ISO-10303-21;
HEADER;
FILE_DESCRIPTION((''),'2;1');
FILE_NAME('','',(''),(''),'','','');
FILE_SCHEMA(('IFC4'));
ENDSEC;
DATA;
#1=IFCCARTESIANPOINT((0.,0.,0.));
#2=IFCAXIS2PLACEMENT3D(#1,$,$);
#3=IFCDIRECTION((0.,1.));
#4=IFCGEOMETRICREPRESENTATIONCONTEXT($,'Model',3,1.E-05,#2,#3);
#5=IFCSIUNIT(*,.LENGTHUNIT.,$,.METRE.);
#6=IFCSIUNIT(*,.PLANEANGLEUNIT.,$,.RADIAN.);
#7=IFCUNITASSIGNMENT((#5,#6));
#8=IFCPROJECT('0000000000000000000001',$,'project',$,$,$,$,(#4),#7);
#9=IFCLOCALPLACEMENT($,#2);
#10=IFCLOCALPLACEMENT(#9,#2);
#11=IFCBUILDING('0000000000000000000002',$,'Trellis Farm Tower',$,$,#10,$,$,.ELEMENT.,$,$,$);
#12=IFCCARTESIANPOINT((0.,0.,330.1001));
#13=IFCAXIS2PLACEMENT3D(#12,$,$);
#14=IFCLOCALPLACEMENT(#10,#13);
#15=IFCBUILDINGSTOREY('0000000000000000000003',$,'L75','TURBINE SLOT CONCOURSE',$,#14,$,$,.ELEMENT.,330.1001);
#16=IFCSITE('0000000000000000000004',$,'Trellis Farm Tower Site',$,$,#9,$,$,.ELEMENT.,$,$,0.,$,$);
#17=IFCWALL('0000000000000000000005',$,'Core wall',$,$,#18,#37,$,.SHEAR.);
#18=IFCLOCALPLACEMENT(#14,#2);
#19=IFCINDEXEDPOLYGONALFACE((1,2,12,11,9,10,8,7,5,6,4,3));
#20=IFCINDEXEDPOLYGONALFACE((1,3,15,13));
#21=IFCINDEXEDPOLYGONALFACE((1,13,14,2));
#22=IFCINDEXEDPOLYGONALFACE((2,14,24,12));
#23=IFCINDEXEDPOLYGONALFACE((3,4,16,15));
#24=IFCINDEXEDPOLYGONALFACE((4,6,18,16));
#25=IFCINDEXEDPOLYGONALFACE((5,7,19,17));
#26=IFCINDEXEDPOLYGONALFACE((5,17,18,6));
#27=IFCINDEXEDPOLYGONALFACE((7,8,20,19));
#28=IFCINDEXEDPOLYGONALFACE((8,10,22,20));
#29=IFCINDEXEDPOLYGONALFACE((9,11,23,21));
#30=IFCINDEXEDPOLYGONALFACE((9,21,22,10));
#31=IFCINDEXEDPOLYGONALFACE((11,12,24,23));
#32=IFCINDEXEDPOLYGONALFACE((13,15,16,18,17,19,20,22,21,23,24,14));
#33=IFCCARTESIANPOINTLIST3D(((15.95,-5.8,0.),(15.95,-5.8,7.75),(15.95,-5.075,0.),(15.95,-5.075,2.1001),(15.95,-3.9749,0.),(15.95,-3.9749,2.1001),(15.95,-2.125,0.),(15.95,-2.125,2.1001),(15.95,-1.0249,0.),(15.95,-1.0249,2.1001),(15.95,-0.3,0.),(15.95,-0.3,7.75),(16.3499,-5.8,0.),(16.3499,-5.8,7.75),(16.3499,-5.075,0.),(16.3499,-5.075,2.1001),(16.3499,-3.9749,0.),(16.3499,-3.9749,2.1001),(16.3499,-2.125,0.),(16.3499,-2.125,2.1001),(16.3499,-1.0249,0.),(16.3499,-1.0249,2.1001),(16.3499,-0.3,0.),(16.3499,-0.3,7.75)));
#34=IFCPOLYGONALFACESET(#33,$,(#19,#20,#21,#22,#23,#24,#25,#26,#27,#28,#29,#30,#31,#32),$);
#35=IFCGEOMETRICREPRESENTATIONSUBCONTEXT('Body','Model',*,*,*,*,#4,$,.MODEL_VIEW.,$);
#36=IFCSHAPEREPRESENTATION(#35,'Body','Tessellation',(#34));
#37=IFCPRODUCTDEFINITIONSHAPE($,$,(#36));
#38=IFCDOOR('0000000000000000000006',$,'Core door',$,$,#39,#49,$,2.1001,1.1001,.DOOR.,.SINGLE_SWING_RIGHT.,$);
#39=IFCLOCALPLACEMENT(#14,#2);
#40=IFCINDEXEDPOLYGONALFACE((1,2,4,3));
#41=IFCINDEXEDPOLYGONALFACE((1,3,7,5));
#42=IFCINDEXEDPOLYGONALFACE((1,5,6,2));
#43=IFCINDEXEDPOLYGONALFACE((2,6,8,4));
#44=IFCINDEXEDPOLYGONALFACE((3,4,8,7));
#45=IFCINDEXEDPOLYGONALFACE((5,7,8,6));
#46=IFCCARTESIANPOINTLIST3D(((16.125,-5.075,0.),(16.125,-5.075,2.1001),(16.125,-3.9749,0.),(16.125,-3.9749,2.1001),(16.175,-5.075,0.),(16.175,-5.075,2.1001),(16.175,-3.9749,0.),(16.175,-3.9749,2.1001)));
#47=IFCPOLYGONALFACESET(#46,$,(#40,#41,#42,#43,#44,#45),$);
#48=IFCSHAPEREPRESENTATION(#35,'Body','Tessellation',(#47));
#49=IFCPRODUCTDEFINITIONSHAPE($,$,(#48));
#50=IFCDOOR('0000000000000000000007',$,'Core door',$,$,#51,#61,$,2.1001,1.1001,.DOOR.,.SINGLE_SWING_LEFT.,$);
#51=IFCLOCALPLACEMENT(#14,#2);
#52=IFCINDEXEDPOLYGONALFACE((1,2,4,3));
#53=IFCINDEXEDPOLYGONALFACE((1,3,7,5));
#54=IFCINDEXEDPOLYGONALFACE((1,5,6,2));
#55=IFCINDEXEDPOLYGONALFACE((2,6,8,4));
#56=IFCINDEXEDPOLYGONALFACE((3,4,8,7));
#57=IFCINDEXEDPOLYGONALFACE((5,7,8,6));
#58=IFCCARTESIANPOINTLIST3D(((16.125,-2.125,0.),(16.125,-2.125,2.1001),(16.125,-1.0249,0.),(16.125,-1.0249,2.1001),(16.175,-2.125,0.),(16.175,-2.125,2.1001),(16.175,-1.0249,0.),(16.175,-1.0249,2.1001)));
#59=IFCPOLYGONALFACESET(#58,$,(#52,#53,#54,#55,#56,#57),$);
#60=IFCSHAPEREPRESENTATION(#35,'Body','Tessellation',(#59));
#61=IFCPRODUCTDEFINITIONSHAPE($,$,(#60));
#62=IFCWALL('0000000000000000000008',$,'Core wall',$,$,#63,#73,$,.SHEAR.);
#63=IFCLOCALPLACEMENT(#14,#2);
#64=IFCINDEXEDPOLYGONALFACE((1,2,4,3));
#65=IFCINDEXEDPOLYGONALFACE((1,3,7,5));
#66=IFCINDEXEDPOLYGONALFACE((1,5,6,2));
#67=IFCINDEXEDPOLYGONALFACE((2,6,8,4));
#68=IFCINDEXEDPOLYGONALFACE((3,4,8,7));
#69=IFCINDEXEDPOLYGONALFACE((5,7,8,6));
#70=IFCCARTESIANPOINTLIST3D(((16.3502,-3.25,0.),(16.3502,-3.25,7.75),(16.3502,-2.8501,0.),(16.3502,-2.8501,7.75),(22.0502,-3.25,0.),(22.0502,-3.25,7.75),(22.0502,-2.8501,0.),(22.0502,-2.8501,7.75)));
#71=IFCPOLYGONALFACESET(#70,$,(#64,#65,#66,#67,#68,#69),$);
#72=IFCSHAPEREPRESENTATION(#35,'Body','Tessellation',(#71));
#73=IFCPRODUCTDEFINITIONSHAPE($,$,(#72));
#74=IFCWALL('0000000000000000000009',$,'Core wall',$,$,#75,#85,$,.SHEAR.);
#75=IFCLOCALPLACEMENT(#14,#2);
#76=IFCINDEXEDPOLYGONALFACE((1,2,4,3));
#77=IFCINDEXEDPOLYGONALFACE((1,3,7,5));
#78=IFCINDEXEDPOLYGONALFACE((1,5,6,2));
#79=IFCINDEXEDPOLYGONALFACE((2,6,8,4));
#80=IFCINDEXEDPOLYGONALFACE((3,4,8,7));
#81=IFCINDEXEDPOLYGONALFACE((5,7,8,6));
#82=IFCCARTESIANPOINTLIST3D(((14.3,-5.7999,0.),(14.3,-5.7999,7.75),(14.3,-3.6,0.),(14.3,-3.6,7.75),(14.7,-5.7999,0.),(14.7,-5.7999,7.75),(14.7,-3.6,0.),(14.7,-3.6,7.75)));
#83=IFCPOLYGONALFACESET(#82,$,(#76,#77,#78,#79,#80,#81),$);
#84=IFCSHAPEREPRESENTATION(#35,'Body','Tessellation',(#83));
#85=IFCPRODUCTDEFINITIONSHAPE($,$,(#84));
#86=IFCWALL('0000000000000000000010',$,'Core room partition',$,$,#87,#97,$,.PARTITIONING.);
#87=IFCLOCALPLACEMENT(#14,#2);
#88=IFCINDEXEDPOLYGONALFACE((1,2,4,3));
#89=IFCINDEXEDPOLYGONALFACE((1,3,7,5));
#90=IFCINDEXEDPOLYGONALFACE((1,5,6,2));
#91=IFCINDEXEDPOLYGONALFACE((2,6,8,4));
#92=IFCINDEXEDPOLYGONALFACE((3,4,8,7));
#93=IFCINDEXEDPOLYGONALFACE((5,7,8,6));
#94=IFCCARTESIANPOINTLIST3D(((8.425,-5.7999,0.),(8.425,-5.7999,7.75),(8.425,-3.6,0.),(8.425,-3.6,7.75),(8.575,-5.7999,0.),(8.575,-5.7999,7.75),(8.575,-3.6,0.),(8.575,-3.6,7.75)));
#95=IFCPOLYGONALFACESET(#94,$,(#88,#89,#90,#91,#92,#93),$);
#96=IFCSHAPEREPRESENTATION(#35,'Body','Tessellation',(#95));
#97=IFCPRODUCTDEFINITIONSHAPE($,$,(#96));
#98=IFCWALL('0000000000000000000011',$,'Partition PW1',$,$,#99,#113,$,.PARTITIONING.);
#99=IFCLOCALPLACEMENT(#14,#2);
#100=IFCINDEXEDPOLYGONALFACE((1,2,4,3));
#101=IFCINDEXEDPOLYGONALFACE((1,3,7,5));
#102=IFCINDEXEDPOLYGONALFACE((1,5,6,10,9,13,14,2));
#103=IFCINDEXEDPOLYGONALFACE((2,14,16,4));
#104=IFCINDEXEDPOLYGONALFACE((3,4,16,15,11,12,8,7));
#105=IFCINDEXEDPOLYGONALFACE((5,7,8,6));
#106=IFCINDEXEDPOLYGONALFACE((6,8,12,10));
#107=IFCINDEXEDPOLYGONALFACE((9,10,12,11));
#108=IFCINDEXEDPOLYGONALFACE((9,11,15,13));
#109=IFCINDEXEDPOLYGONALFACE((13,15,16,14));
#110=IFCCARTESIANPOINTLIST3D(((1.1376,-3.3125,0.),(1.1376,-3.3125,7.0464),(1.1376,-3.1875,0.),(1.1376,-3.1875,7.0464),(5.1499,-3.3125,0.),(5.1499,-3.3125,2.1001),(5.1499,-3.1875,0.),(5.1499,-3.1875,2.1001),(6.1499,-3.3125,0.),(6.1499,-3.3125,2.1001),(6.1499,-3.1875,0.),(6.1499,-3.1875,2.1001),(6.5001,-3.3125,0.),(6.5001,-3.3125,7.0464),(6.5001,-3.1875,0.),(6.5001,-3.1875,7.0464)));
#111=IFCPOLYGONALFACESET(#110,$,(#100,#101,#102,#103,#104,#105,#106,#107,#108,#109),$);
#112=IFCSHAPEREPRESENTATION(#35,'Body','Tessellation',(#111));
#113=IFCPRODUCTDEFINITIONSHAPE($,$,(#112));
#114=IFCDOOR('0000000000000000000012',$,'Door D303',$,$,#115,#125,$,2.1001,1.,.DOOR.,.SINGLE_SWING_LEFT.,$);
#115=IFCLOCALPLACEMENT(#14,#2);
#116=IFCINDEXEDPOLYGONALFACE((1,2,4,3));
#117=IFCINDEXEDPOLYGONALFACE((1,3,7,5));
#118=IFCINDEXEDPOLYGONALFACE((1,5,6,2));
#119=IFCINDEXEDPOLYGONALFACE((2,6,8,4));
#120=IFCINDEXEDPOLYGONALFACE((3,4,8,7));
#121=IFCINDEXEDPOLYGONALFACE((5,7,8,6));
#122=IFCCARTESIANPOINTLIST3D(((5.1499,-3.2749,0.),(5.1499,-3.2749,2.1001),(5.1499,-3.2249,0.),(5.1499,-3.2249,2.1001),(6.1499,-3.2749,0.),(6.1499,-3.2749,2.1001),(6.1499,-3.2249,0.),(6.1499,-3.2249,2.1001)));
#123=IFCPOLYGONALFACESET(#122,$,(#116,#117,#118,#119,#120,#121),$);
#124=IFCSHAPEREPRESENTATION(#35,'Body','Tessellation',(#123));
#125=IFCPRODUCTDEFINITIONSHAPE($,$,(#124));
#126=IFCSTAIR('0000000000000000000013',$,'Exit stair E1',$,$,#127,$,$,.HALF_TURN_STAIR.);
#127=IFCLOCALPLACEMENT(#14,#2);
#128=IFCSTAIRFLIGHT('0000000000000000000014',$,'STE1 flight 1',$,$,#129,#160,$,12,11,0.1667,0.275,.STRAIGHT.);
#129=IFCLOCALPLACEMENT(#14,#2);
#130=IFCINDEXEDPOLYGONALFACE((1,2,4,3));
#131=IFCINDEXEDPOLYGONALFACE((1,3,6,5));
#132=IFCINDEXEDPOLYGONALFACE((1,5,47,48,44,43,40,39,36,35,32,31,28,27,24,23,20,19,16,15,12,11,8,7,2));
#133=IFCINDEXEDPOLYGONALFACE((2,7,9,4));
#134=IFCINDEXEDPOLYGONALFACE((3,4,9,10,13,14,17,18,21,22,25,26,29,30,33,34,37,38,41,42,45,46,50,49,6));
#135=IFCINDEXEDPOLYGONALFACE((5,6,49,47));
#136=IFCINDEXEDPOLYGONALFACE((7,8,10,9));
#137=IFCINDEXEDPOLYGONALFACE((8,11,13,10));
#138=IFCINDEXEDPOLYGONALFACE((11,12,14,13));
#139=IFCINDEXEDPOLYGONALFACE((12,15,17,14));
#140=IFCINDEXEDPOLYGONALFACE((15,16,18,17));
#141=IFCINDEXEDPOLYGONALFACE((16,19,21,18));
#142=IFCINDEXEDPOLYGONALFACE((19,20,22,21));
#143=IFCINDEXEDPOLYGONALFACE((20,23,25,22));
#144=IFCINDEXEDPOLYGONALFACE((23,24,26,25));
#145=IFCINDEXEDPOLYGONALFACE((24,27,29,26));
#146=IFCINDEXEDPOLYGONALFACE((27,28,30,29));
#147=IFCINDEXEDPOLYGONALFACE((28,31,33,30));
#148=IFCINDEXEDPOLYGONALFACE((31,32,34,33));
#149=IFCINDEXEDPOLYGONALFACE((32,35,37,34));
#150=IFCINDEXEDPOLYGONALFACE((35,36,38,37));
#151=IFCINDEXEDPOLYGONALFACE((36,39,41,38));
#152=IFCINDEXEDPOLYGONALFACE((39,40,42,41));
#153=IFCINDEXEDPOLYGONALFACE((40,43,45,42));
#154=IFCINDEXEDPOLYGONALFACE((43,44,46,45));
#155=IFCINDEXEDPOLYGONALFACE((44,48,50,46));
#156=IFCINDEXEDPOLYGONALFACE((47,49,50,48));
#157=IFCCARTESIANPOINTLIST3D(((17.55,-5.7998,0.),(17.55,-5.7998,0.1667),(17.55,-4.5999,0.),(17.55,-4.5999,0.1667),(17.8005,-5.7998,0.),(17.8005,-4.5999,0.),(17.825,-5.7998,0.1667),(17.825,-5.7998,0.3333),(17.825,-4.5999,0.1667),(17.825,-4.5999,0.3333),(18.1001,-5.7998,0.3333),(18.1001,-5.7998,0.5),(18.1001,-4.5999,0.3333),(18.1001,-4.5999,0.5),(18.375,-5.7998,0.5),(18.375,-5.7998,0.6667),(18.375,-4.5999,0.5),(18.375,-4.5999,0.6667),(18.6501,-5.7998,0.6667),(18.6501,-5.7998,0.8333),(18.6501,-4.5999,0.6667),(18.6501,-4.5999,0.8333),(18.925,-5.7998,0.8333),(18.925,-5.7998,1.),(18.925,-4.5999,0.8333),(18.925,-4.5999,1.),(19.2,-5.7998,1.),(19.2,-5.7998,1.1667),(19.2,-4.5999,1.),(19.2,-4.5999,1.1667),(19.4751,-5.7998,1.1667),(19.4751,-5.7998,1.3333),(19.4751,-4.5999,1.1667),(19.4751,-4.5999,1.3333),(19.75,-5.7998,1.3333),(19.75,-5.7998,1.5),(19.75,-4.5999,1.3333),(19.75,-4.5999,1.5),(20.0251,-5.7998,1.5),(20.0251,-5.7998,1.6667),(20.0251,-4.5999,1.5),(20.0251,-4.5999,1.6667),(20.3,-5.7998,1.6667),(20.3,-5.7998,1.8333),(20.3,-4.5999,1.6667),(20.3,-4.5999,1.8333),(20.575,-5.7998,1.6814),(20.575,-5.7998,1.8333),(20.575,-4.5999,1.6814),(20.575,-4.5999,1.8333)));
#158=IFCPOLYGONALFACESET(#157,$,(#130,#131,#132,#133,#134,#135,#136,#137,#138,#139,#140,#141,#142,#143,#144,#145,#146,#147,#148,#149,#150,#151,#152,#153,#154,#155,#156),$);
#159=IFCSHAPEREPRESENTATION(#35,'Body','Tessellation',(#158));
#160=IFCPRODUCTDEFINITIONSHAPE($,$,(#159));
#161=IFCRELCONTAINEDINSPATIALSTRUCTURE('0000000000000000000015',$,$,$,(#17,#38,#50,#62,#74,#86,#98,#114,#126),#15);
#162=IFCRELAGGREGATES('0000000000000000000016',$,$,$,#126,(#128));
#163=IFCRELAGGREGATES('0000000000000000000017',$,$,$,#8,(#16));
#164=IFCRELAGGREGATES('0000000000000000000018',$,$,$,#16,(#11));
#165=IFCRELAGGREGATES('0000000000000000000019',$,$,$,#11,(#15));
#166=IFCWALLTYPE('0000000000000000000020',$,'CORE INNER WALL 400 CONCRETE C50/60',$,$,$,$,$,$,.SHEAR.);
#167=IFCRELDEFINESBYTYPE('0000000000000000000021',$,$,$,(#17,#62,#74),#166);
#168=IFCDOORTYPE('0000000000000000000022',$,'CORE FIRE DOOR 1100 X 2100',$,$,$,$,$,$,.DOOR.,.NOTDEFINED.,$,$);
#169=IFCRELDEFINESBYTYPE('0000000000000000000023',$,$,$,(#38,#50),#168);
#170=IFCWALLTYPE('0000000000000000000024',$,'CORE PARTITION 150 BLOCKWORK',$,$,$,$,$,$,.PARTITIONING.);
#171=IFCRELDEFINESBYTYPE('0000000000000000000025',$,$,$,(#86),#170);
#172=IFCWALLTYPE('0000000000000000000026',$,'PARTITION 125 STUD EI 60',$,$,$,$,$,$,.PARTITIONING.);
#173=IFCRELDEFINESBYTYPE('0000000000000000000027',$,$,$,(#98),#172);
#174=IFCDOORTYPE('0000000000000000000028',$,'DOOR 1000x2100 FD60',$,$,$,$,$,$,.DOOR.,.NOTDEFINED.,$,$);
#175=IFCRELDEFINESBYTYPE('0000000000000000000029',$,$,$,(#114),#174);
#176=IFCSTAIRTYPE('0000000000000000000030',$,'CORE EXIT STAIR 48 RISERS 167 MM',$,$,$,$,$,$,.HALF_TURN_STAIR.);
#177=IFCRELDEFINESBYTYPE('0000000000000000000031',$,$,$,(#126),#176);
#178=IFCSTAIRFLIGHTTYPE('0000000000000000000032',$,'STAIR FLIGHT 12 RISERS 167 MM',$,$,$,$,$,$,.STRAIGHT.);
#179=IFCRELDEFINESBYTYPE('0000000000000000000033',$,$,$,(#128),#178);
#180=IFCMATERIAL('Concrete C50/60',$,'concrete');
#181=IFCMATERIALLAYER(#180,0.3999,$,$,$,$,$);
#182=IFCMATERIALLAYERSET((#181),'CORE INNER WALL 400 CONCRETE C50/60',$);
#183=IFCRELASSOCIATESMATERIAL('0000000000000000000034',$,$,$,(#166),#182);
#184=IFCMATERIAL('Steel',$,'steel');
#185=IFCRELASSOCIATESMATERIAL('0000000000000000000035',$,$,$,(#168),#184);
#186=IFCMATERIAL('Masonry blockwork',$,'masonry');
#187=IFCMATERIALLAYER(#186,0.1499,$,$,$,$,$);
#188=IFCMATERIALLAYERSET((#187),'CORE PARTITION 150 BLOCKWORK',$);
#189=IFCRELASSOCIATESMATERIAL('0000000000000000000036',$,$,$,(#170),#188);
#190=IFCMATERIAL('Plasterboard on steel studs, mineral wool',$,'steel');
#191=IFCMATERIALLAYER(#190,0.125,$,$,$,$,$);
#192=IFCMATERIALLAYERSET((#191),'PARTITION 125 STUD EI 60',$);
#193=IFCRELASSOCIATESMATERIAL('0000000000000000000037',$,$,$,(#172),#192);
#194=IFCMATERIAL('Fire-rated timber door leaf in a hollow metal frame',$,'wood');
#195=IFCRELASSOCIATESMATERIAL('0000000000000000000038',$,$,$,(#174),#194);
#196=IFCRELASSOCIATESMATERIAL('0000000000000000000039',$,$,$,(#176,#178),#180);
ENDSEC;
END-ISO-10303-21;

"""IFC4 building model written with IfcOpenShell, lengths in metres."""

from ifc_helpers import new_model, si_unit, direction, frame, frame_2d, origin, place, context, subcontext, project, spatial, polyline, rectangle, outline, extrude, source, transform, mapped, material, layer, layer_set, type_object, element, fill, aggregate, save


model = new_model("IFC4")

# Units and contexts
model_context = context("Model", 3, precision=1e-05, world=origin(), true_north=direction((0.0, 1.0)))
body_context = subcontext(model_context, "Body", "Model", "MODEL_VIEW")
ifc_project = project(units=[si_unit("LENGTHUNIT", "METRE"), si_unit("PLANEANGLEUNIT", "RADIAN")], contexts=[model_context])

# Site, building, storey
site_placement = place(None, origin())
site = spatial("IfcSite", under=ifc_project, at=site_placement, Name="Trellis Farm Tower Site", CompositionType="ELEMENT", RefElevation=0.0)
building_placement = place(site_placement, origin())
building = spatial("IfcBuilding", under=site, at=building_placement, Name="Trellis Farm Tower", CompositionType="ELEMENT")
storey_placement = place(building_placement, frame((0.0, 0.0, 330.1001)))
storey = spatial("IfcBuildingStorey", under=building, at=storey_placement, Name="L75", Description="TURBINE SLOT CONCOURSE", CompositionType="ELEMENT", Elevation=330.1001)

# Shared definitions
ifc_material_1 = material(Name="Concrete C50/60", Category="concrete")
ifc_material_2 = material(Name="Steel", Category="steel")

# Shared definitions
ifc_layer_1 = layer(ifc_material_1, 0.3999)
ifc_layer_set_1 = layer_set([ifc_layer_1], Name="CORE INNER WALL 400 CONCRETE C50/60")
wall_type_1 = type_object("IfcWallType", Name="CORE INNER WALL 400 CONCRETE C50/60", PredefinedType="SHEAR", material=ifc_layer_set_1)

# Shared definitions
shared_shape_1 = source(origin(), body_context, "Body", "SweptSolid", [
    extrude(rectangle(XDim=1.0, YDim=2.1001, at=frame_2d((0.5, 1.05))), frame((0.0, 0.0249, 0.0), z_axis=(0.0, -1.0, 0.0), x_axis=(1.0, 0.0, 0.0)), (0.0, 0.0, 1.0), 0.05),
])

# Wall, openings, doors
shared_shape_2 = source(origin(), body_context, "Body", "SweptSolid", [
    extrude(rectangle(XDim=5.5, YDim=0.3999, at=frame_2d((2.75, 0.0))), origin(), (0.0, 0.0, 1.0), 7.75),
])
wall_1_placement = place(storey_placement, frame((16.1499, -5.8, 0.0), z_axis=(0.0, 0.0, 1.0), x_axis=(0.0, 1.0, 0.0)))
wall_1 = element("IfcWall", 1, at=wall_1_placement, inside=storey, type_object=wall_type_1, Name="Core wall", PredefinedType="SHEAR", context=body_context, shape_type="MappedRepresentation", body=[
    mapped(shared_shape_2, transform((0.0, 0.0, 0.0))),
])
shared_shape_3 = source(origin(), body_context, "Body", "SweptSolid", [
    extrude(rectangle(XDim=1.1001, YDim=2.1001, at=frame_2d((0.55, 1.05))), frame((0.0, 0.21, 0.0), z_axis=(0.0, -1.0, 0.0), x_axis=(1.0, 0.0, 0.0)), (0.0, 0.0, 1.0), 0.4199),
])
opening_1_placement = place(wall_1_placement, frame((0.7251, 0.0, 0.0)))
opening_1 = element("IfcOpeningElement", 2, at=opening_1_placement, cuts=wall_1, PredefinedType="OPENING", context=body_context, shape_type="MappedRepresentation", body=[
    mapped(shared_shape_3, transform((0.0, 0.0, 0.0))),
])
opening_2_placement = place(wall_1_placement, frame((3.675, 0.0, 0.0)))
opening_2 = element("IfcOpeningElement", 3, at=opening_2_placement, cuts=wall_1, PredefinedType="OPENING", context=body_context, shape_type="MappedRepresentation", body=[
    mapped(shared_shape_3, transform((0.0, 0.0, 0.0))),
])
door_type_1 = type_object("IfcDoorType", Name="CORE FIRE DOOR 1100 X 2100", OperationType="NOTDEFINED", PredefinedType="DOOR", material=ifc_material_2)
shared_shape_4 = source(origin(), body_context, "Body", "SweptSolid", [
    extrude(rectangle(XDim=1.1001, YDim=2.1001, at=frame_2d((0.55, 1.05))), frame((0.0, 0.0249, 0.0), z_axis=(0.0, -1.0, 0.0), x_axis=(1.0, 0.0, 0.0)), (0.0, 0.0, 1.0), 0.05),
])
door_1_placement = place(opening_1_placement, origin())
door_1 = element("IfcDoor", 4, at=door_1_placement, inside=storey, type_object=door_type_1, Name="Core door", OperationType="SINGLE_SWING_RIGHT", OverallHeight=2.1001, OverallWidth=1.1001, PredefinedType="DOOR", context=body_context, shape_type="MappedRepresentation", body=[
    mapped(shared_shape_4, transform((0.0, 0.0, 0.0))),
])
fill(opening_1, door_1)
door_2_placement = place(opening_2_placement, origin())
door_2 = element("IfcDoor", 5, at=door_2_placement, inside=storey, type_object=door_type_1, Name="Core door", OperationType="SINGLE_SWING_LEFT", OverallHeight=2.1001, OverallWidth=1.1001, PredefinedType="DOOR", context=body_context, shape_type="MappedRepresentation", body=[
    mapped(shared_shape_4, transform((0.0, 0.0, 0.0))),
])
fill(opening_2, door_2)

# Walls
shared_shape_5 = source(origin(), body_context, "Body", "SweptSolid", [
    extrude(rectangle(XDim=5.7, YDim=0.3999, at=frame_2d((2.8501, 0.0))), origin(), (0.0, 0.0, 1.0), 7.75),
])
wall_2_placement = place(storey_placement, frame((16.3501, -3.05, 0.0), z_axis=(0.0, 0.0, 1.0), x_axis=(1.0, 0.0, 0.0)))
element("IfcWall", 6, at=wall_2_placement, inside=storey, type_object=wall_type_1, Name="Core wall", PredefinedType="SHEAR", context=body_context, shape_type="MappedRepresentation", body=[
    mapped(shared_shape_5, transform((0.0, 0.0, 0.0))),
])
shared_shape_6 = source(origin(), body_context, "Body", "SweptSolid", [
    extrude(rectangle(XDim=2.2, YDim=0.3999, at=frame_2d((1.1001, 0.0))), origin(), (0.0, 0.0, 1.0), 7.75),
])
wall_3_placement = place(storey_placement, frame((14.5, -5.8, 0.0), z_axis=(0.0, 0.0, 1.0), x_axis=(0.0, 1.0, 0.0)))
element("IfcWall", 7, at=wall_3_placement, inside=storey, type_object=wall_type_1, Name="Core wall", PredefinedType="SHEAR", context=body_context, shape_type="MappedRepresentation", body=[
    mapped(shared_shape_6, transform((0.0, 0.0, 0.0))),
])
ifc_material_3 = material(Name="Masonry blockwork", Category="masonry")
ifc_layer_2 = layer(ifc_material_3, 0.1499)
ifc_layer_set_2 = layer_set([ifc_layer_2], Name="CORE PARTITION 150 BLOCKWORK")
wall_type_2 = type_object("IfcWallType", Name="CORE PARTITION 150 BLOCKWORK", PredefinedType="PARTITIONING", material=ifc_layer_set_2)
shared_shape_7 = source(origin(), body_context, "Body", "SweptSolid", [
    extrude(rectangle(XDim=2.2, YDim=0.1499, at=frame_2d((1.1001, 0.0))), origin(), (0.0, 0.0, 1.0), 7.75),
])
wall_4_placement = place(storey_placement, frame((8.5, -5.8, 0.0), z_axis=(0.0, 0.0, 1.0), x_axis=(0.0, 1.0, 0.0)))
element("IfcWall", 8, at=wall_4_placement, inside=storey, type_object=wall_type_2, Name="Core room partition", PredefinedType="PARTITIONING", context=body_context, shape_type="MappedRepresentation", body=[
    mapped(shared_shape_7, transform((0.0, 0.0, 0.0))),
])

# Wall, opening, door
ifc_material_4 = material(Name="Plasterboard on steel studs, mineral wool", Category="steel")
ifc_layer_3 = layer(ifc_material_4, 0.125)
ifc_layer_set_3 = layer_set([ifc_layer_3], Name="PARTITION 125 STUD EI 60")
wall_type_3 = type_object("IfcWallType", Name="PARTITION 125 STUD EI 60", PredefinedType="PARTITIONING", material=ifc_layer_set_3)
shared_shape_8 = source(origin(), body_context, "Body", "SweptSolid", [
    extrude(rectangle(XDim=5.3625, YDim=0.125, at=frame_2d((2.6812, 0.0))), origin(), (0.0, 0.0, 1.0), 7.0464),
])
wall_5_placement = place(storey_placement, frame((6.5, -3.25, 0.0), z_axis=(0.0, 0.0, 1.0), x_axis=(-1.0, 0.0, 0.0)))
wall_5 = element("IfcWall", 9, at=wall_5_placement, inside=storey, type_object=wall_type_3, Name="Partition PW1", PredefinedType="PARTITIONING", context=body_context, shape_type="MappedRepresentation", body=[
    mapped(shared_shape_8, transform((0.0, 0.0, 0.0))),
])
shared_shape_9 = source(origin(), body_context, "Body", "SweptSolid", [
    extrude(rectangle(XDim=1.0, YDim=2.1001, at=frame_2d((0.5, 1.05))), frame((0.0, 0.0725, 0.0), z_axis=(0.0, -1.0, 0.0), x_axis=(1.0, 0.0, 0.0)), (0.0, 0.0, 1.0), 0.145),
])
opening_3_placement = place(wall_5_placement, frame((0.3501, 0.0, 0.0)))
opening_3 = element("IfcOpeningElement", 10, at=opening_3_placement, cuts=wall_5, PredefinedType="OPENING", context=body_context, shape_type="MappedRepresentation", body=[
    mapped(shared_shape_9, transform((0.0, 0.0, 0.0))),
])
ifc_material_5 = material(Name="Fire-rated timber door leaf in a hollow metal frame", Category="wood")
door_type_2 = type_object("IfcDoorType", Name="DOOR 1000x2100 FD60", OperationType="NOTDEFINED", PredefinedType="DOOR", material=ifc_material_5)
door_3_placement = place(opening_3_placement, origin())
door_3 = element("IfcDoor", 11, at=door_3_placement, inside=storey, type_object=door_type_2, Name="Door D303", OperationType="SINGLE_SWING_LEFT", OverallHeight=2.1001, OverallWidth=1.0, PredefinedType="DOOR", context=body_context, shape_type="MappedRepresentation", body=[
    mapped(shared_shape_1, transform((0.0, 0.0, 0.0))),
])
fill(opening_3, door_3)

# Stair, stair flight
stair_type = type_object("IfcStairType", Name="CORE EXIT STAIR 48 RISERS 167 MM", PredefinedType="HALF_TURN_STAIR", material=ifc_material_1)
stair_placement = place(storey_placement, origin())
stair = element("IfcStair", 12, at=stair_placement, inside=storey, type_object=stair_type, Name="Exit stair E1", PredefinedType="HALF_TURN_STAIR")
stair_flight_type = type_object("IfcStairFlightType", Name="STAIR FLIGHT 12 RISERS 167 MM", PredefinedType="STRAIGHT", material=ifc_material_1)
shared_shape_10 = source(origin(), body_context, "Body", "SweptSolid", [
    extrude(outline(polyline([(0.0, 0.0), (0.0, 0.1667), (0.2749, 0.1667), (0.2749, 0.3333), (0.55, 0.3333), (0.55, 0.5), (0.825, 0.5), (0.825, 0.6667), (1.1001, 0.6667), (1.1001, 0.8333), (1.375, 0.8333), (1.375, 1.0), (1.6499, 1.0), (1.6499, 1.1667), (1.925, 1.1667), (1.925, 1.3333), (2.2, 1.3333), (2.2, 1.5), (2.4751, 1.5), (2.4751, 1.6667), (2.75, 1.6667), (2.75, 1.8333), (3.0249, 1.8333), (3.0249, 2.0), (3.0249, 1.6814), (0.2505, 0.0), (0.0, 0.0)])), frame((0.0, 0.6001, 0.0), z_axis=(0.0, -1.0, 0.0), x_axis=(1.0, 0.0, 0.0)), (0.0, 0.0, 1.0), 1.2),
])
stair_flight_1_placement = place(storey_placement, frame((17.55, -5.2, 0.0), z_axis=(0.0, 0.0, 1.0), x_axis=(1.0, 0.0, 0.0)))
stair_flight_1 = element("IfcStairFlight", 13, at=stair_flight_1_placement, type_object=stair_flight_type, Name="STE1 flight 1", NumberOfRisers=12, NumberOfTreads=11, PredefinedType="STRAIGHT", RiserHeight=0.1667, TreadLength=0.275, context=body_context, shape_type="MappedRepresentation", body=[
    mapped(shared_shape_10, transform((0.0, 0.0, 0.0))),
])
aggregate(stair, [stair_flight_1])

save(model, "model.ifc")
